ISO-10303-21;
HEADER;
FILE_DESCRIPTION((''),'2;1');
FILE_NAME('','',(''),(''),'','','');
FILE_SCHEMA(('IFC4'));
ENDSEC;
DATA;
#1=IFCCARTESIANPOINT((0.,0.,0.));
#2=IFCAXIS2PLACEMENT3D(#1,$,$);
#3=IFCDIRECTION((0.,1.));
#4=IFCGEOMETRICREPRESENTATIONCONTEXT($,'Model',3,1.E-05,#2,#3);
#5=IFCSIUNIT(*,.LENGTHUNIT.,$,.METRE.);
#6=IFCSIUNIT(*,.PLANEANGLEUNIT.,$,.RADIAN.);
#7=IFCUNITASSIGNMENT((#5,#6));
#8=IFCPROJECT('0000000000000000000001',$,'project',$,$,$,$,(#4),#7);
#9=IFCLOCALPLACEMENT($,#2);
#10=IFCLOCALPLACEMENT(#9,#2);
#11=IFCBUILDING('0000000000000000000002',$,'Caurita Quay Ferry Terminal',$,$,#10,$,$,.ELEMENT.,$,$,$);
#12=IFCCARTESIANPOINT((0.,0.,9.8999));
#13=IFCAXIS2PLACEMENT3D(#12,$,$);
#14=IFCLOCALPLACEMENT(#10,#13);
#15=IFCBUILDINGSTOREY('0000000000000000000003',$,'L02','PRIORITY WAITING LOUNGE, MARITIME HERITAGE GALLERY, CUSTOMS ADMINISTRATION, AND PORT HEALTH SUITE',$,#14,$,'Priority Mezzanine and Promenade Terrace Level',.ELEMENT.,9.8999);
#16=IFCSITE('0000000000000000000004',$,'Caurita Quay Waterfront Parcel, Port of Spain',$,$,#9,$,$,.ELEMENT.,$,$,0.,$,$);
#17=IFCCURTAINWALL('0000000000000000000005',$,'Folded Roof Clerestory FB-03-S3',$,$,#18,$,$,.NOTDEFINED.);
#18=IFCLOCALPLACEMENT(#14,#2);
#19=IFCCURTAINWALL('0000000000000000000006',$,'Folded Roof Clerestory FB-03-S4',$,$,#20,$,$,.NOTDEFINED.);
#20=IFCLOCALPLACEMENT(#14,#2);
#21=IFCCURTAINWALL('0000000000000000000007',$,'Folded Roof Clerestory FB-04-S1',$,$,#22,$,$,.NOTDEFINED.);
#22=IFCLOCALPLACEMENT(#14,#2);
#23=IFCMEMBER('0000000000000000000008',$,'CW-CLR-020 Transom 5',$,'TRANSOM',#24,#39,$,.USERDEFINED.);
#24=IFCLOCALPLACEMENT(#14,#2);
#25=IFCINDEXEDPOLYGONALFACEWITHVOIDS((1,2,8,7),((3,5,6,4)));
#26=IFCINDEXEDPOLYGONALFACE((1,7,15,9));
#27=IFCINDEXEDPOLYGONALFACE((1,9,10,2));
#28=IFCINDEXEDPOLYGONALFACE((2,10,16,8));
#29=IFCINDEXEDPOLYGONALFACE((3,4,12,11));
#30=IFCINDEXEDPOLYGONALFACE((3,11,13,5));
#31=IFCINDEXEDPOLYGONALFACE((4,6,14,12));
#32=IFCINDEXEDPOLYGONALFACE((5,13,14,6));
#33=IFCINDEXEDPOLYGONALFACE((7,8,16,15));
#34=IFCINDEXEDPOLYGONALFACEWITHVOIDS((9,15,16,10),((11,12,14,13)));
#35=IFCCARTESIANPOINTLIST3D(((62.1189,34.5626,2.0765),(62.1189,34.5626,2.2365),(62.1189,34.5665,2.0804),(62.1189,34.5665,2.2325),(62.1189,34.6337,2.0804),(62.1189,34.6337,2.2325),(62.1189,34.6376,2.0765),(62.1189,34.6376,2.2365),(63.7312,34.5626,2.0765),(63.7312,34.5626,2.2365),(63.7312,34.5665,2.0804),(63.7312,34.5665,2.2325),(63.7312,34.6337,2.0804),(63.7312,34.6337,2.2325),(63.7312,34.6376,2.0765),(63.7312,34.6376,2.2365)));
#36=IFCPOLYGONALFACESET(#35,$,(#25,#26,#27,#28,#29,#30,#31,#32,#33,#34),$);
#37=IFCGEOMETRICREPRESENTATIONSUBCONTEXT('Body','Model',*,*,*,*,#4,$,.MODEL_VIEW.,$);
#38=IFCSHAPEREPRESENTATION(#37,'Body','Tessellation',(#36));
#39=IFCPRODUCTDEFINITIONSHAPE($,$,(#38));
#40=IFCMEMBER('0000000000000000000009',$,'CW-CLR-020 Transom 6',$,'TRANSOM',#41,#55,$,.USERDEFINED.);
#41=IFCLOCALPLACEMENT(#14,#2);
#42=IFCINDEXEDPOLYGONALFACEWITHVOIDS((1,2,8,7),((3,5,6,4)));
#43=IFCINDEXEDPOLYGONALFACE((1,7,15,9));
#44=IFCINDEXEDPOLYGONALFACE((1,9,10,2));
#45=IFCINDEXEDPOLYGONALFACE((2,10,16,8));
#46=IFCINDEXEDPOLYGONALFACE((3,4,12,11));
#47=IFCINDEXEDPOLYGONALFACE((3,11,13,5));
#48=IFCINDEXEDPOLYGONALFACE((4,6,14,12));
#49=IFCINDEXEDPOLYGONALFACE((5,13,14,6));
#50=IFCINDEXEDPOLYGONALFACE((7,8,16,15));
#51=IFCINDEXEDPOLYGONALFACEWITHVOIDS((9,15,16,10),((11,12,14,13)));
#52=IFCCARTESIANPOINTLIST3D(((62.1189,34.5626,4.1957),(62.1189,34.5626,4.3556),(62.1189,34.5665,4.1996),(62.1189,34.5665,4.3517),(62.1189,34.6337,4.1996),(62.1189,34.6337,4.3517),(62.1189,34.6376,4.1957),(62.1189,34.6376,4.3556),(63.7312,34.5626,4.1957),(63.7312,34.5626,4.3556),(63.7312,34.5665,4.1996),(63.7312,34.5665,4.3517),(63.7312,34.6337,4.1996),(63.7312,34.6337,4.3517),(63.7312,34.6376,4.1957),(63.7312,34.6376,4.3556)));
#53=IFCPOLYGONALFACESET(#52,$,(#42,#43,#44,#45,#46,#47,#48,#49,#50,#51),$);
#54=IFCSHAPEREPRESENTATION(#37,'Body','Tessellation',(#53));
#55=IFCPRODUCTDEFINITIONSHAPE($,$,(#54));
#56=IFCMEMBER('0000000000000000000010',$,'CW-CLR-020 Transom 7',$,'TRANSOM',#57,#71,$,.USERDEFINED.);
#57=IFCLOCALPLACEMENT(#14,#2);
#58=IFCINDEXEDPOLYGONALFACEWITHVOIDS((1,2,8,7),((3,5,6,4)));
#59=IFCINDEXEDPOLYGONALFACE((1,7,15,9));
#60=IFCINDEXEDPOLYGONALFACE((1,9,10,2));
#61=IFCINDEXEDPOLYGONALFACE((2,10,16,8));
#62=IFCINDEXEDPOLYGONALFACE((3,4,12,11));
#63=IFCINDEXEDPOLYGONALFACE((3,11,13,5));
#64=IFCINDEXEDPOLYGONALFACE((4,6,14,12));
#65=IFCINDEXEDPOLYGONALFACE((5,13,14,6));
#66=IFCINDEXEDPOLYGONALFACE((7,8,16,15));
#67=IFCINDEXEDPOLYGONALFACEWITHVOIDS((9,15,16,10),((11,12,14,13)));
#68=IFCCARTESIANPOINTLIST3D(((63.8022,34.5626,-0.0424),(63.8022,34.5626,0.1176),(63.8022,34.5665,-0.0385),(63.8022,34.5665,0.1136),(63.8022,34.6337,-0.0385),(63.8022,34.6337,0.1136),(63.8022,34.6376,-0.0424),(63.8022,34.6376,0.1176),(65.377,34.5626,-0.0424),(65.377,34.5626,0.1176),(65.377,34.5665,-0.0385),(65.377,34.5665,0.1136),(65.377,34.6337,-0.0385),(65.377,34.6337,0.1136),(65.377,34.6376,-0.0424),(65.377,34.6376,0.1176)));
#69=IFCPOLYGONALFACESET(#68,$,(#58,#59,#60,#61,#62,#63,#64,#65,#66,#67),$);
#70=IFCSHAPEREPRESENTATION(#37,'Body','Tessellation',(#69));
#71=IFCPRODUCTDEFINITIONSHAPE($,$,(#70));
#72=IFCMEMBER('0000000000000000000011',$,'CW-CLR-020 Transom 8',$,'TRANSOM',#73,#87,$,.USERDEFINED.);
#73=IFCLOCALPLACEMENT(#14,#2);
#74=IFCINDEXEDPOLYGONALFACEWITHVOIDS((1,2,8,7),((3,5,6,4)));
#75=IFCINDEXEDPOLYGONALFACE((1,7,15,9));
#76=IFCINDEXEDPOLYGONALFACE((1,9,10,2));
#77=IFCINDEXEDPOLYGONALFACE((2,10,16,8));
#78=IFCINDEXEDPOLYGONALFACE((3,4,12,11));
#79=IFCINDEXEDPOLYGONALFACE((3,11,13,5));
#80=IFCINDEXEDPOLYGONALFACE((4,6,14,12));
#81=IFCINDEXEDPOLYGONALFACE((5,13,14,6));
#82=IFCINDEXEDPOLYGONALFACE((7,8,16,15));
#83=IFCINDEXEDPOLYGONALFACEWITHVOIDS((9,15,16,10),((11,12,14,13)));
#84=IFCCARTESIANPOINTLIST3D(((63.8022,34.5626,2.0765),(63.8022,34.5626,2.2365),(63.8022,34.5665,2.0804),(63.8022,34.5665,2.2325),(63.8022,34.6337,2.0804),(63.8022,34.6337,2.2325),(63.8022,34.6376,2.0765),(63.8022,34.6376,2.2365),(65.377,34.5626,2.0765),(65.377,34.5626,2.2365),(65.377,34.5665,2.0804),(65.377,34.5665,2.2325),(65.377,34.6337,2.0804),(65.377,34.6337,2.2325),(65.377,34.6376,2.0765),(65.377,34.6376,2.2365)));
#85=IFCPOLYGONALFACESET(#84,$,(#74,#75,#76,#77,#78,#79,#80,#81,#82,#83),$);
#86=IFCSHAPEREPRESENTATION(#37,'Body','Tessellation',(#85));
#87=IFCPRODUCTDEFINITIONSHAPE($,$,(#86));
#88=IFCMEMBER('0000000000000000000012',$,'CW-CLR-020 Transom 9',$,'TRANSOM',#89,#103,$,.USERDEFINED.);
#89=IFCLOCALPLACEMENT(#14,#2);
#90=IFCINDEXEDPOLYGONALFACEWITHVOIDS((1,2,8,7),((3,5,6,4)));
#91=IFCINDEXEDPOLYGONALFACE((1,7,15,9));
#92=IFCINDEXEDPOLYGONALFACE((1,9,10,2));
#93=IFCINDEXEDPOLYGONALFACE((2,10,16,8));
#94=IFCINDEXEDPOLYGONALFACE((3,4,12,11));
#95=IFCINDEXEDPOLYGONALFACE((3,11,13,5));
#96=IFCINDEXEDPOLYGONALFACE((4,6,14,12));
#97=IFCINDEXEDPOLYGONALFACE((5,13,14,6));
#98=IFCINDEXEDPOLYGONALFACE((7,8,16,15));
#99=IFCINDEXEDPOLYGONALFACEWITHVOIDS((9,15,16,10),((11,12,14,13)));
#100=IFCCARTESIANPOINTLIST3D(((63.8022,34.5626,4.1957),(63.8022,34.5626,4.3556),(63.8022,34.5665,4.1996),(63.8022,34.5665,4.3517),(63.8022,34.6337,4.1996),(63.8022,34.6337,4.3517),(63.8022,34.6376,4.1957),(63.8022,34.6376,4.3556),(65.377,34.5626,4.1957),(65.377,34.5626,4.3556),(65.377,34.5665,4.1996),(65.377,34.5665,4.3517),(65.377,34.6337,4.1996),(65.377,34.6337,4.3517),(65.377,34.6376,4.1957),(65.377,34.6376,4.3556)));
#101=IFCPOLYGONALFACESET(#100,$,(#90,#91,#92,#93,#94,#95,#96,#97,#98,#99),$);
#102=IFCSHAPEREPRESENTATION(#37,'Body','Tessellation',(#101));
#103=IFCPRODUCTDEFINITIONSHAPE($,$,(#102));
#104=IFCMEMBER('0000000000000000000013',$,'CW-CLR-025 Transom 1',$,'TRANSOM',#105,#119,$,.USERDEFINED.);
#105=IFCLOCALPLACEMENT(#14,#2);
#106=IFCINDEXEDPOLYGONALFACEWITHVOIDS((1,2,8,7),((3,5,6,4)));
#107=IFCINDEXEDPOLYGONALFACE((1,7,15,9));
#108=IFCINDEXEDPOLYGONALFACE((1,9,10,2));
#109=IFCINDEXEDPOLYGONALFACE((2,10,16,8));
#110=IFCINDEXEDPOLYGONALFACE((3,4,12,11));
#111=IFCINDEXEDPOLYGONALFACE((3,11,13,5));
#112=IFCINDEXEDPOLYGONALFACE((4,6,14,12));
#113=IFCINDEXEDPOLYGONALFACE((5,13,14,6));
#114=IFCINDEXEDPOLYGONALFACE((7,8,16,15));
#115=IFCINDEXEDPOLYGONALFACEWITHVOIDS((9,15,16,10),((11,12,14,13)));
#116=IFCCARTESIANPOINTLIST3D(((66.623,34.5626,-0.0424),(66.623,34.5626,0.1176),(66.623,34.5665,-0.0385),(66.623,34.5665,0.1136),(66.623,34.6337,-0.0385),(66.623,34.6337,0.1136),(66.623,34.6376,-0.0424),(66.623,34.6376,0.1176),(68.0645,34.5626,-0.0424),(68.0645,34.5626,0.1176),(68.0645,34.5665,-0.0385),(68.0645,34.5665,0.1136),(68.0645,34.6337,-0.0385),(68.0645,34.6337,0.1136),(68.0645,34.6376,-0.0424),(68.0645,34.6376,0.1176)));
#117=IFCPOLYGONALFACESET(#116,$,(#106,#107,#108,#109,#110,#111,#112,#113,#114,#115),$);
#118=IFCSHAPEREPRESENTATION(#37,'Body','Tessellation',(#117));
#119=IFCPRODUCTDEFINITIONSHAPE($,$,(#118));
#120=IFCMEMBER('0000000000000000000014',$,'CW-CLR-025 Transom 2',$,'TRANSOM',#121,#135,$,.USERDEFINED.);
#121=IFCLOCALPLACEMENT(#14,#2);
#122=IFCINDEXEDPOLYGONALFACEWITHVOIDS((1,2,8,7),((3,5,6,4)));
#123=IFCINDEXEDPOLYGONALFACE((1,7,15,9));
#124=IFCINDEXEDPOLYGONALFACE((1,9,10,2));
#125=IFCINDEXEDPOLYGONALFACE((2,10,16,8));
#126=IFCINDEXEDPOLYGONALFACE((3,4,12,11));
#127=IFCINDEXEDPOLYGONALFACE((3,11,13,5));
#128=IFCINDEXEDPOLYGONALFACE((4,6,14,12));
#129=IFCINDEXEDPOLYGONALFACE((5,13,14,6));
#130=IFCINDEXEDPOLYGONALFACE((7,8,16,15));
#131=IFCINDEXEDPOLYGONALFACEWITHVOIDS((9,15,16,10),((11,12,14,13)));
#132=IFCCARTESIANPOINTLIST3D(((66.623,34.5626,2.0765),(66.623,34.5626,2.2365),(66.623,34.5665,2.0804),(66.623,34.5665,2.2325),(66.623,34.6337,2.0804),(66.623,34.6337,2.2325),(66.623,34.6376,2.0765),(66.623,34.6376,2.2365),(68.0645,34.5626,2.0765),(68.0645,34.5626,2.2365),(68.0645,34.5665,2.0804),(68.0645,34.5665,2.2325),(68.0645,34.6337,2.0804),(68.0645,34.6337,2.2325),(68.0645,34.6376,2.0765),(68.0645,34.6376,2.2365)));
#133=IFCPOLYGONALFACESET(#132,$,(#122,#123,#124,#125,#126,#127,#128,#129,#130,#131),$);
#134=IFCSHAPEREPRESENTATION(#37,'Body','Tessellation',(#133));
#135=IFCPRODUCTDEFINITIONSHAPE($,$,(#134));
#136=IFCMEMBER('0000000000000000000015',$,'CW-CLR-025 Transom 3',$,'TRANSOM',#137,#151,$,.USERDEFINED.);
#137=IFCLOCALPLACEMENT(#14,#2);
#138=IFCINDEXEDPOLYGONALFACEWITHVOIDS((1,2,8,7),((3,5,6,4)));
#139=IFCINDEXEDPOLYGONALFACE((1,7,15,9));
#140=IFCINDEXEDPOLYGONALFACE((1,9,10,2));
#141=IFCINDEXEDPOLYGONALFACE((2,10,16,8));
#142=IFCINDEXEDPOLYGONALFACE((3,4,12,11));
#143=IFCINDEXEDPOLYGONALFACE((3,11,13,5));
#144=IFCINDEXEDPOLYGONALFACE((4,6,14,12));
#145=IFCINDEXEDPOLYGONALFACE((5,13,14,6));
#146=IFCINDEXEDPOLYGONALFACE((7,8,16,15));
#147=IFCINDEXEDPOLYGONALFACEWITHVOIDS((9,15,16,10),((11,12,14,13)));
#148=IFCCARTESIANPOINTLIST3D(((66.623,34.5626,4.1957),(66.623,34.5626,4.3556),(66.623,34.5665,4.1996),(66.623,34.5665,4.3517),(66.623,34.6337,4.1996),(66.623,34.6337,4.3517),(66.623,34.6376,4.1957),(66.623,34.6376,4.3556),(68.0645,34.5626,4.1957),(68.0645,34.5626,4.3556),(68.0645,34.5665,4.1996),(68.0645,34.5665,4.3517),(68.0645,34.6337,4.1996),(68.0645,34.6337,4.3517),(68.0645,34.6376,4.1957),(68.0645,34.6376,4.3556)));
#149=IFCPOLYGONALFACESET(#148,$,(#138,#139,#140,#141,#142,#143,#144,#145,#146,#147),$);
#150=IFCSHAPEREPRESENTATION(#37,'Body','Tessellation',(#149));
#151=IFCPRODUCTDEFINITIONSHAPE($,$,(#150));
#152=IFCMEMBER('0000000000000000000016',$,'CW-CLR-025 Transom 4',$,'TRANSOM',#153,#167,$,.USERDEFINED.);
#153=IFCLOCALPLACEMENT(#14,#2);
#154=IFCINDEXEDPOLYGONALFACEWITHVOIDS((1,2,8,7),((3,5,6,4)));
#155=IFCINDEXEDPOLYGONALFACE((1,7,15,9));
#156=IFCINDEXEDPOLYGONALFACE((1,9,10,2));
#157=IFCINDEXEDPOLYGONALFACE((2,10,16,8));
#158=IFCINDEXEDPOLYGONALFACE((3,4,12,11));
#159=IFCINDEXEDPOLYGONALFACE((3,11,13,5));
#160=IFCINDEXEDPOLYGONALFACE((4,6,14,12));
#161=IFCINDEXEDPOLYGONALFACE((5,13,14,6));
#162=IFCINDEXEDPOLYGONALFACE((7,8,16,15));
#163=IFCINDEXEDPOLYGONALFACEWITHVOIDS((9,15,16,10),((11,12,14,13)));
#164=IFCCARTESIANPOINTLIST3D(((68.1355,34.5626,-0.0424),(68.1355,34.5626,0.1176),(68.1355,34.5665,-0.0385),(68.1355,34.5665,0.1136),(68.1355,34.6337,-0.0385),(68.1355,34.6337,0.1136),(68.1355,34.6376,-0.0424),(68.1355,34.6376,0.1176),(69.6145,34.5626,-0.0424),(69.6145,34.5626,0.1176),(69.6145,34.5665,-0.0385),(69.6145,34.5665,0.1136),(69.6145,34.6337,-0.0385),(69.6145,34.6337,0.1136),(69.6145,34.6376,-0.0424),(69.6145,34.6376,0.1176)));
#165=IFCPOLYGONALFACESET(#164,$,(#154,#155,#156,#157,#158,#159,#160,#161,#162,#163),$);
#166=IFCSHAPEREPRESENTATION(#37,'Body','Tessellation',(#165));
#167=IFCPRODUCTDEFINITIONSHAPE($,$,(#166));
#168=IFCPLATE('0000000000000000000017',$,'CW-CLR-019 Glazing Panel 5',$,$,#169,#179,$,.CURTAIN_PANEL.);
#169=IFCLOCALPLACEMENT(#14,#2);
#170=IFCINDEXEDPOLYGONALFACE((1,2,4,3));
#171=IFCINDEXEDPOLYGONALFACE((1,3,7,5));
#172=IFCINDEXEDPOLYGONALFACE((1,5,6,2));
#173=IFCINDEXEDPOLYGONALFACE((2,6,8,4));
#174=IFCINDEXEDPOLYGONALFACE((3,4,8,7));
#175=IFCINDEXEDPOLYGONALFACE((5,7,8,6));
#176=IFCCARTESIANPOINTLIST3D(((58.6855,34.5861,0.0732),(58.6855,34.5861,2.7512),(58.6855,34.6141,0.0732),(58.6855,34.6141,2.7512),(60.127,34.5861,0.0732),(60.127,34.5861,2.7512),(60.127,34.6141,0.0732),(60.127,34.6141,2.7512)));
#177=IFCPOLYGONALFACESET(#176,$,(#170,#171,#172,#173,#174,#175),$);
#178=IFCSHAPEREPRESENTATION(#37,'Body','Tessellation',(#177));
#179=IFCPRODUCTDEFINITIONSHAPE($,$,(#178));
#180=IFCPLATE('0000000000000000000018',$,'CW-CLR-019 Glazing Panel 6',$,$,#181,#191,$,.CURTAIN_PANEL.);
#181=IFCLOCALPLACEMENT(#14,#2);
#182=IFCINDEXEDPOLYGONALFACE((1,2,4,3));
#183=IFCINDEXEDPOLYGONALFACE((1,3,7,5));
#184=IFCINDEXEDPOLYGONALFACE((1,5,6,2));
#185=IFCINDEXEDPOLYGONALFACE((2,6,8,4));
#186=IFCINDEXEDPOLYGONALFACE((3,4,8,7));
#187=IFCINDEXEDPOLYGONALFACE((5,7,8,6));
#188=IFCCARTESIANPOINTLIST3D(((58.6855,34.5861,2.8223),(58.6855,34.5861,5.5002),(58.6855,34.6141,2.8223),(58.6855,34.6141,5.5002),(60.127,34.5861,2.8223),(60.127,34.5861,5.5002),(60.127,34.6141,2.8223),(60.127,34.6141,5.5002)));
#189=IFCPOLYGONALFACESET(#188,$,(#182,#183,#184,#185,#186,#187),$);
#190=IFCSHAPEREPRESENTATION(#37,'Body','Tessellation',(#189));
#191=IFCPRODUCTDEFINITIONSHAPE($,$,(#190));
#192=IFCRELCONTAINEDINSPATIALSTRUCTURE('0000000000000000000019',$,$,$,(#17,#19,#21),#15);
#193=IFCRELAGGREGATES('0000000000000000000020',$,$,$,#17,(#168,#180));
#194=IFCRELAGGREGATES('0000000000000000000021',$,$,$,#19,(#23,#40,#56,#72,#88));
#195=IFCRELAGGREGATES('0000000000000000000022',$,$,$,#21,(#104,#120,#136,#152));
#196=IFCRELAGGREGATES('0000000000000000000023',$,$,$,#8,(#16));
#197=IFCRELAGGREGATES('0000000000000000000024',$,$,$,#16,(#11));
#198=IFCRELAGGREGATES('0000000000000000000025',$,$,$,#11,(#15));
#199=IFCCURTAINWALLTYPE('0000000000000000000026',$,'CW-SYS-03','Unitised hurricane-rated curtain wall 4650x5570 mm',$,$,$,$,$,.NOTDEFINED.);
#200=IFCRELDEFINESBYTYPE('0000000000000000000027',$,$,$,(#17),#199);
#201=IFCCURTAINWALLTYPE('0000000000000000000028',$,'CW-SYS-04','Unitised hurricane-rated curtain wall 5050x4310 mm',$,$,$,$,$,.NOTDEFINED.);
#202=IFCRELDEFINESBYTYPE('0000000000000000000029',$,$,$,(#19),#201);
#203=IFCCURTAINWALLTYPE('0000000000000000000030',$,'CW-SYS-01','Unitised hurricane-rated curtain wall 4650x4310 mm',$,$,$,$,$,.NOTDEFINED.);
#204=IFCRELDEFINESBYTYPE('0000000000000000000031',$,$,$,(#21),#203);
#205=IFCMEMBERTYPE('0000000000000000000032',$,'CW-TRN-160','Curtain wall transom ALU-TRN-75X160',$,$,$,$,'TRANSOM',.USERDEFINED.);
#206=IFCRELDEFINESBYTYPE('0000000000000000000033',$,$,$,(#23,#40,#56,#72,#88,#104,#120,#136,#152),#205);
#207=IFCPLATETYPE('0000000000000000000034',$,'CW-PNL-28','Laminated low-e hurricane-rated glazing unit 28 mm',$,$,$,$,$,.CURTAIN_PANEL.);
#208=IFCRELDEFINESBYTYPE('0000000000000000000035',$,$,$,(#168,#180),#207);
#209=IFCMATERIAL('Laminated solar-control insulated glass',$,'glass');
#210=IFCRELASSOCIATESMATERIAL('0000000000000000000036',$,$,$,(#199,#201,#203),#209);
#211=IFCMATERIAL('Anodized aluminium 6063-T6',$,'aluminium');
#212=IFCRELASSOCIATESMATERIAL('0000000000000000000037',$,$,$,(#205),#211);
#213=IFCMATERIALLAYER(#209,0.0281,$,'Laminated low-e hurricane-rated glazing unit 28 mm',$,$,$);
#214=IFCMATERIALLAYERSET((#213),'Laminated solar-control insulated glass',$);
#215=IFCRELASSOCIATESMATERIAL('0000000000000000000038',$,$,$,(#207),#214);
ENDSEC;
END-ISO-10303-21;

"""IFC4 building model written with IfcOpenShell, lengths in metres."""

from ifc_helpers import new_model, si_unit, direction, frame, origin, origin_2d, place, context, subcontext, project, spatial, rectangle, hollow_rectangle, extrude, material, layer, layer_set, material_profile, profile_set, type_object, element, aggregate, save


model = new_model("IFC4")

# Units and contexts
model_context = context("Model", 3, precision=1e-05, world=origin(), true_north=direction((0.0, 1.0)))
body_context = subcontext(model_context, "Body", "Model", "MODEL_VIEW")
ifc_project = project(units=[si_unit("LENGTHUNIT", "METRE"), si_unit("PLANEANGLEUNIT", "RADIAN")], contexts=[model_context])

# Site, building, storey
site_placement = place(None, origin())
site = spatial("IfcSite", under=ifc_project, at=site_placement, Name="Caurita Quay Waterfront Parcel, Port of Spain", CompositionType="ELEMENT", RefElevation=0.0)
building_placement = place(site_placement, origin())
building = spatial("IfcBuilding", under=site, at=building_placement, Name="Caurita Quay Ferry Terminal", CompositionType="ELEMENT")
storey_placement = place(building_placement, frame((0.0, 0.0, 9.8999)))
storey = spatial("IfcBuildingStorey", under=building, at=storey_placement, Name="L02", Description="PRIORITY WAITING LOUNGE, MARITIME HERITAGE GALLERY, CUSTOMS ADMINISTRATION, AND PORT HEALTH SUITE", LongName="Priority Mezzanine and Promenade Terrace Level", CompositionType="ELEMENT", Elevation=9.8999)

# Curtain walls
ifc_material_1 = material(Name="Laminated solar-control insulated glass", Category="glass")
curtain_wall_type_1 = type_object("IfcCurtainWallType", Name="CW-SYS-03", Description="Unitised hurricane-rated curtain wall 4650x5570 mm", PredefinedType="NOTDEFINED", material=ifc_material_1)
curtain_wall_1_placement = place(storey_placement, origin())
curtain_wall_1 = element("IfcCurtainWall", 1, at=curtain_wall_1_placement, inside=storey, type_object=curtain_wall_type_1, Name="Folded Roof Clerestory FB-03-S3", PredefinedType="NOTDEFINED")
ifc_material_2 = material(Name="Anodized aluminium 6063-T6", Category="aluminium")
curtain_wall_type_2 = type_object("IfcCurtainWallType", Name="CW-SYS-04", Description="Unitised hurricane-rated curtain wall 5050x4310 mm", PredefinedType="NOTDEFINED", material=ifc_material_1)
curtain_wall_2_placement = place(storey_placement, origin())
curtain_wall_2 = element("IfcCurtainWall", 2, at=curtain_wall_2_placement, inside=storey, type_object=curtain_wall_type_2, Name="Folded Roof Clerestory FB-03-S4", PredefinedType="NOTDEFINED")
curtain_wall_type_3 = type_object("IfcCurtainWallType", Name="CW-SYS-01", Description="Unitised hurricane-rated curtain wall 4650x4310 mm", PredefinedType="NOTDEFINED", material=ifc_material_1)
curtain_wall_3_placement = place(storey_placement, origin())
curtain_wall_3 = element("IfcCurtainWall", 3, at=curtain_wall_3_placement, inside=storey, type_object=curtain_wall_type_3, Name="Folded Roof Clerestory FB-04-S1", PredefinedType="NOTDEFINED")

# Members
ifc_material_profile_1 = material_profile(ifc_material_2, hollow_rectangle(XDim=0.075, YDim=0.1599, WallThickness=0.0039, at=origin_2d()), Name="ALU-TRN-75X160")
ifc_profile_set_1 = profile_set([ifc_material_profile_1], Name="Anodized aluminium 6063-T6")
member_type_1 = type_object("IfcMemberType", Name="CW-TRN-160", Description="Curtain wall transom ALU-TRN-75X160", ElementType="TRANSOM", PredefinedType="USERDEFINED", material=ifc_profile_set_1)
member_1_placement = place(storey_placement, frame((62.1189, 34.6001, 2.1565), z_axis=(1.0, 0.0, 0.0), x_axis=(0.0, 1.0, 0.0)))
member_1 = element("IfcMember", 4, at=member_1_placement, type_object=member_type_1, Name="CW-CLR-020 Transom 5", ObjectType="TRANSOM", PredefinedType="USERDEFINED", context=body_context, shape_type="SweptSolid", body=[
    extrude(hollow_rectangle(XDim=0.075, YDim=0.1599, WallThickness=0.0039, at=origin_2d()), origin(), (0.0, 0.0, 1.0), 1.6123),
])
member_2_placement = place(storey_placement, frame((62.1189, 34.6001, 4.2756), z_axis=(1.0, 0.0, 0.0), x_axis=(0.0, 1.0, 0.0)))
member_2 = element("IfcMember", 5, at=member_2_placement, type_object=member_type_1, Name="CW-CLR-020 Transom 6", ObjectType="TRANSOM", PredefinedType="USERDEFINED", context=body_context, shape_type="SweptSolid", body=[
    extrude(hollow_rectangle(XDim=0.075, YDim=0.1599, WallThickness=0.0039, at=origin_2d()), origin(), (0.0, 0.0, 1.0), 1.6123),
])
member_3_placement = place(storey_placement, frame((63.8022, 34.6001, 0.0376), z_axis=(1.0, 0.0, 0.0), x_axis=(0.0, 1.0, 0.0)))
member_3 = element("IfcMember", 6, at=member_3_placement, type_object=member_type_1, Name="CW-CLR-020 Transom 7", ObjectType="TRANSOM", PredefinedType="USERDEFINED", context=body_context, shape_type="SweptSolid", body=[
    extrude(hollow_rectangle(XDim=0.075, YDim=0.1599, WallThickness=0.0039, at=origin_2d()), origin(), (0.0, 0.0, 1.0), 1.5747),
])
member_4_placement = place(storey_placement, frame((63.8022, 34.6001, 2.1565), z_axis=(1.0, 0.0, 0.0), x_axis=(0.0, 1.0, 0.0)))
member_4 = element("IfcMember", 7, at=member_4_placement, type_object=member_type_1, Name="CW-CLR-020 Transom 8", ObjectType="TRANSOM", PredefinedType="USERDEFINED", context=body_context, shape_type="SweptSolid", body=[
    extrude(hollow_rectangle(XDim=0.075, YDim=0.1599, WallThickness=0.0039, at=origin_2d()), origin(), (0.0, 0.0, 1.0), 1.5747),
])
member_5_placement = place(storey_placement, frame((63.8022, 34.6001, 4.2756), z_axis=(1.0, 0.0, 0.0), x_axis=(0.0, 1.0, 0.0)))
member_5 = element("IfcMember", 8, at=member_5_placement, type_object=member_type_1, Name="CW-CLR-020 Transom 9", ObjectType="TRANSOM", PredefinedType="USERDEFINED", context=body_context, shape_type="SweptSolid", body=[
    extrude(hollow_rectangle(XDim=0.075, YDim=0.1599, WallThickness=0.0039, at=origin_2d()), origin(), (0.0, 0.0, 1.0), 1.5747),
])
member_6_placement = place(storey_placement, frame((66.623, 34.6001, 0.0376), z_axis=(1.0, 0.0, 0.0), x_axis=(0.0, 1.0, 0.0)))
member_6 = element("IfcMember", 9, at=member_6_placement, type_object=member_type_1, Name="CW-CLR-025 Transom 1", ObjectType="TRANSOM", PredefinedType="USERDEFINED", context=body_context, shape_type="SweptSolid", body=[
    extrude(hollow_rectangle(XDim=0.075, YDim=0.1599, WallThickness=0.0039, at=origin_2d()), origin(), (0.0, 0.0, 1.0), 1.4414),
])
member_7_placement = place(storey_placement, frame((66.623, 34.6001, 2.1565), z_axis=(1.0, 0.0, 0.0), x_axis=(0.0, 1.0, 0.0)))
member_7 = element("IfcMember", 10, at=member_7_placement, type_object=member_type_1, Name="CW-CLR-025 Transom 2", ObjectType="TRANSOM", PredefinedType="USERDEFINED", context=body_context, shape_type="SweptSolid", body=[
    extrude(hollow_rectangle(XDim=0.075, YDim=0.1599, WallThickness=0.0039, at=origin_2d()), origin(), (0.0, 0.0, 1.0), 1.4414),
])
member_8_placement = place(storey_placement, frame((66.623, 34.6001, 4.2756), z_axis=(1.0, 0.0, 0.0), x_axis=(0.0, 1.0, 0.0)))
member_8 = element("IfcMember", 11, at=member_8_placement, type_object=member_type_1, Name="CW-CLR-025 Transom 3", ObjectType="TRANSOM", PredefinedType="USERDEFINED", context=body_context, shape_type="SweptSolid", body=[
    extrude(hollow_rectangle(XDim=0.075, YDim=0.1599, WallThickness=0.0039, at=origin_2d()), origin(), (0.0, 0.0, 1.0), 1.4414),
])
member_9_placement = place(storey_placement, frame((68.1355, 34.6001, 0.0376), z_axis=(1.0, 0.0, 0.0), x_axis=(0.0, 1.0, 0.0)))
member_9 = element("IfcMember", 12, at=member_9_placement, type_object=member_type_1, Name="CW-CLR-025 Transom 4", ObjectType="TRANSOM", PredefinedType="USERDEFINED", context=body_context, shape_type="SweptSolid", body=[
    extrude(hollow_rectangle(XDim=0.075, YDim=0.1599, WallThickness=0.0039, at=origin_2d()), origin(), (0.0, 0.0, 1.0), 1.479),
])

# Plates
ifc_layer_1 = layer(ifc_material_1, 0.0281, Name="Laminated low-e hurricane-rated glazing unit 28 mm")
ifc_layer_set_1 = layer_set([ifc_layer_1], Name="Laminated solar-control insulated glass")
plate_type = type_object("IfcPlateType", Name="CW-PNL-28", Description="Laminated low-e hurricane-rated glazing unit 28 mm", PredefinedType="CURTAIN_PANEL", material=ifc_layer_set_1)
plate_1_placement = place(storey_placement, frame((59.4062, 34.6001, 0.0732), z_axis=(0.0, 0.0, 1.0), x_axis=(1.0, 0.0, 0.0)))
plate_1 = element("IfcPlate", 13, at=plate_1_placement, type_object=plate_type, Name="CW-CLR-019 Glazing Panel 5", PredefinedType="CURTAIN_PANEL", context=body_context, shape_type="SweptSolid", body=[
    extrude(rectangle(XDim=1.4414, YDim=0.0281, at=origin_2d()), origin(), (0.0, 0.0, 1.0), 2.678),
])
plate_2_placement = place(storey_placement, frame((59.4062, 34.6001, 2.8223), z_axis=(0.0, 0.0, 1.0), x_axis=(1.0, 0.0, 0.0)))
plate_2 = element("IfcPlate", 14, at=plate_2_placement, type_object=plate_type, Name="CW-CLR-019 Glazing Panel 6", PredefinedType="CURTAIN_PANEL", context=body_context, shape_type="SweptSolid", body=[
    extrude(rectangle(XDim=1.4414, YDim=0.0281, at=origin_2d()), origin(), (0.0, 0.0, 1.0), 2.678),
])
aggregate(curtain_wall_1, [plate_1, plate_2])
aggregate(curtain_wall_2, [member_1, member_2, member_3, member_4, member_5])
aggregate(curtain_wall_3, [member_6, member_7, member_8, member_9])

save(model, "model.ifc")
